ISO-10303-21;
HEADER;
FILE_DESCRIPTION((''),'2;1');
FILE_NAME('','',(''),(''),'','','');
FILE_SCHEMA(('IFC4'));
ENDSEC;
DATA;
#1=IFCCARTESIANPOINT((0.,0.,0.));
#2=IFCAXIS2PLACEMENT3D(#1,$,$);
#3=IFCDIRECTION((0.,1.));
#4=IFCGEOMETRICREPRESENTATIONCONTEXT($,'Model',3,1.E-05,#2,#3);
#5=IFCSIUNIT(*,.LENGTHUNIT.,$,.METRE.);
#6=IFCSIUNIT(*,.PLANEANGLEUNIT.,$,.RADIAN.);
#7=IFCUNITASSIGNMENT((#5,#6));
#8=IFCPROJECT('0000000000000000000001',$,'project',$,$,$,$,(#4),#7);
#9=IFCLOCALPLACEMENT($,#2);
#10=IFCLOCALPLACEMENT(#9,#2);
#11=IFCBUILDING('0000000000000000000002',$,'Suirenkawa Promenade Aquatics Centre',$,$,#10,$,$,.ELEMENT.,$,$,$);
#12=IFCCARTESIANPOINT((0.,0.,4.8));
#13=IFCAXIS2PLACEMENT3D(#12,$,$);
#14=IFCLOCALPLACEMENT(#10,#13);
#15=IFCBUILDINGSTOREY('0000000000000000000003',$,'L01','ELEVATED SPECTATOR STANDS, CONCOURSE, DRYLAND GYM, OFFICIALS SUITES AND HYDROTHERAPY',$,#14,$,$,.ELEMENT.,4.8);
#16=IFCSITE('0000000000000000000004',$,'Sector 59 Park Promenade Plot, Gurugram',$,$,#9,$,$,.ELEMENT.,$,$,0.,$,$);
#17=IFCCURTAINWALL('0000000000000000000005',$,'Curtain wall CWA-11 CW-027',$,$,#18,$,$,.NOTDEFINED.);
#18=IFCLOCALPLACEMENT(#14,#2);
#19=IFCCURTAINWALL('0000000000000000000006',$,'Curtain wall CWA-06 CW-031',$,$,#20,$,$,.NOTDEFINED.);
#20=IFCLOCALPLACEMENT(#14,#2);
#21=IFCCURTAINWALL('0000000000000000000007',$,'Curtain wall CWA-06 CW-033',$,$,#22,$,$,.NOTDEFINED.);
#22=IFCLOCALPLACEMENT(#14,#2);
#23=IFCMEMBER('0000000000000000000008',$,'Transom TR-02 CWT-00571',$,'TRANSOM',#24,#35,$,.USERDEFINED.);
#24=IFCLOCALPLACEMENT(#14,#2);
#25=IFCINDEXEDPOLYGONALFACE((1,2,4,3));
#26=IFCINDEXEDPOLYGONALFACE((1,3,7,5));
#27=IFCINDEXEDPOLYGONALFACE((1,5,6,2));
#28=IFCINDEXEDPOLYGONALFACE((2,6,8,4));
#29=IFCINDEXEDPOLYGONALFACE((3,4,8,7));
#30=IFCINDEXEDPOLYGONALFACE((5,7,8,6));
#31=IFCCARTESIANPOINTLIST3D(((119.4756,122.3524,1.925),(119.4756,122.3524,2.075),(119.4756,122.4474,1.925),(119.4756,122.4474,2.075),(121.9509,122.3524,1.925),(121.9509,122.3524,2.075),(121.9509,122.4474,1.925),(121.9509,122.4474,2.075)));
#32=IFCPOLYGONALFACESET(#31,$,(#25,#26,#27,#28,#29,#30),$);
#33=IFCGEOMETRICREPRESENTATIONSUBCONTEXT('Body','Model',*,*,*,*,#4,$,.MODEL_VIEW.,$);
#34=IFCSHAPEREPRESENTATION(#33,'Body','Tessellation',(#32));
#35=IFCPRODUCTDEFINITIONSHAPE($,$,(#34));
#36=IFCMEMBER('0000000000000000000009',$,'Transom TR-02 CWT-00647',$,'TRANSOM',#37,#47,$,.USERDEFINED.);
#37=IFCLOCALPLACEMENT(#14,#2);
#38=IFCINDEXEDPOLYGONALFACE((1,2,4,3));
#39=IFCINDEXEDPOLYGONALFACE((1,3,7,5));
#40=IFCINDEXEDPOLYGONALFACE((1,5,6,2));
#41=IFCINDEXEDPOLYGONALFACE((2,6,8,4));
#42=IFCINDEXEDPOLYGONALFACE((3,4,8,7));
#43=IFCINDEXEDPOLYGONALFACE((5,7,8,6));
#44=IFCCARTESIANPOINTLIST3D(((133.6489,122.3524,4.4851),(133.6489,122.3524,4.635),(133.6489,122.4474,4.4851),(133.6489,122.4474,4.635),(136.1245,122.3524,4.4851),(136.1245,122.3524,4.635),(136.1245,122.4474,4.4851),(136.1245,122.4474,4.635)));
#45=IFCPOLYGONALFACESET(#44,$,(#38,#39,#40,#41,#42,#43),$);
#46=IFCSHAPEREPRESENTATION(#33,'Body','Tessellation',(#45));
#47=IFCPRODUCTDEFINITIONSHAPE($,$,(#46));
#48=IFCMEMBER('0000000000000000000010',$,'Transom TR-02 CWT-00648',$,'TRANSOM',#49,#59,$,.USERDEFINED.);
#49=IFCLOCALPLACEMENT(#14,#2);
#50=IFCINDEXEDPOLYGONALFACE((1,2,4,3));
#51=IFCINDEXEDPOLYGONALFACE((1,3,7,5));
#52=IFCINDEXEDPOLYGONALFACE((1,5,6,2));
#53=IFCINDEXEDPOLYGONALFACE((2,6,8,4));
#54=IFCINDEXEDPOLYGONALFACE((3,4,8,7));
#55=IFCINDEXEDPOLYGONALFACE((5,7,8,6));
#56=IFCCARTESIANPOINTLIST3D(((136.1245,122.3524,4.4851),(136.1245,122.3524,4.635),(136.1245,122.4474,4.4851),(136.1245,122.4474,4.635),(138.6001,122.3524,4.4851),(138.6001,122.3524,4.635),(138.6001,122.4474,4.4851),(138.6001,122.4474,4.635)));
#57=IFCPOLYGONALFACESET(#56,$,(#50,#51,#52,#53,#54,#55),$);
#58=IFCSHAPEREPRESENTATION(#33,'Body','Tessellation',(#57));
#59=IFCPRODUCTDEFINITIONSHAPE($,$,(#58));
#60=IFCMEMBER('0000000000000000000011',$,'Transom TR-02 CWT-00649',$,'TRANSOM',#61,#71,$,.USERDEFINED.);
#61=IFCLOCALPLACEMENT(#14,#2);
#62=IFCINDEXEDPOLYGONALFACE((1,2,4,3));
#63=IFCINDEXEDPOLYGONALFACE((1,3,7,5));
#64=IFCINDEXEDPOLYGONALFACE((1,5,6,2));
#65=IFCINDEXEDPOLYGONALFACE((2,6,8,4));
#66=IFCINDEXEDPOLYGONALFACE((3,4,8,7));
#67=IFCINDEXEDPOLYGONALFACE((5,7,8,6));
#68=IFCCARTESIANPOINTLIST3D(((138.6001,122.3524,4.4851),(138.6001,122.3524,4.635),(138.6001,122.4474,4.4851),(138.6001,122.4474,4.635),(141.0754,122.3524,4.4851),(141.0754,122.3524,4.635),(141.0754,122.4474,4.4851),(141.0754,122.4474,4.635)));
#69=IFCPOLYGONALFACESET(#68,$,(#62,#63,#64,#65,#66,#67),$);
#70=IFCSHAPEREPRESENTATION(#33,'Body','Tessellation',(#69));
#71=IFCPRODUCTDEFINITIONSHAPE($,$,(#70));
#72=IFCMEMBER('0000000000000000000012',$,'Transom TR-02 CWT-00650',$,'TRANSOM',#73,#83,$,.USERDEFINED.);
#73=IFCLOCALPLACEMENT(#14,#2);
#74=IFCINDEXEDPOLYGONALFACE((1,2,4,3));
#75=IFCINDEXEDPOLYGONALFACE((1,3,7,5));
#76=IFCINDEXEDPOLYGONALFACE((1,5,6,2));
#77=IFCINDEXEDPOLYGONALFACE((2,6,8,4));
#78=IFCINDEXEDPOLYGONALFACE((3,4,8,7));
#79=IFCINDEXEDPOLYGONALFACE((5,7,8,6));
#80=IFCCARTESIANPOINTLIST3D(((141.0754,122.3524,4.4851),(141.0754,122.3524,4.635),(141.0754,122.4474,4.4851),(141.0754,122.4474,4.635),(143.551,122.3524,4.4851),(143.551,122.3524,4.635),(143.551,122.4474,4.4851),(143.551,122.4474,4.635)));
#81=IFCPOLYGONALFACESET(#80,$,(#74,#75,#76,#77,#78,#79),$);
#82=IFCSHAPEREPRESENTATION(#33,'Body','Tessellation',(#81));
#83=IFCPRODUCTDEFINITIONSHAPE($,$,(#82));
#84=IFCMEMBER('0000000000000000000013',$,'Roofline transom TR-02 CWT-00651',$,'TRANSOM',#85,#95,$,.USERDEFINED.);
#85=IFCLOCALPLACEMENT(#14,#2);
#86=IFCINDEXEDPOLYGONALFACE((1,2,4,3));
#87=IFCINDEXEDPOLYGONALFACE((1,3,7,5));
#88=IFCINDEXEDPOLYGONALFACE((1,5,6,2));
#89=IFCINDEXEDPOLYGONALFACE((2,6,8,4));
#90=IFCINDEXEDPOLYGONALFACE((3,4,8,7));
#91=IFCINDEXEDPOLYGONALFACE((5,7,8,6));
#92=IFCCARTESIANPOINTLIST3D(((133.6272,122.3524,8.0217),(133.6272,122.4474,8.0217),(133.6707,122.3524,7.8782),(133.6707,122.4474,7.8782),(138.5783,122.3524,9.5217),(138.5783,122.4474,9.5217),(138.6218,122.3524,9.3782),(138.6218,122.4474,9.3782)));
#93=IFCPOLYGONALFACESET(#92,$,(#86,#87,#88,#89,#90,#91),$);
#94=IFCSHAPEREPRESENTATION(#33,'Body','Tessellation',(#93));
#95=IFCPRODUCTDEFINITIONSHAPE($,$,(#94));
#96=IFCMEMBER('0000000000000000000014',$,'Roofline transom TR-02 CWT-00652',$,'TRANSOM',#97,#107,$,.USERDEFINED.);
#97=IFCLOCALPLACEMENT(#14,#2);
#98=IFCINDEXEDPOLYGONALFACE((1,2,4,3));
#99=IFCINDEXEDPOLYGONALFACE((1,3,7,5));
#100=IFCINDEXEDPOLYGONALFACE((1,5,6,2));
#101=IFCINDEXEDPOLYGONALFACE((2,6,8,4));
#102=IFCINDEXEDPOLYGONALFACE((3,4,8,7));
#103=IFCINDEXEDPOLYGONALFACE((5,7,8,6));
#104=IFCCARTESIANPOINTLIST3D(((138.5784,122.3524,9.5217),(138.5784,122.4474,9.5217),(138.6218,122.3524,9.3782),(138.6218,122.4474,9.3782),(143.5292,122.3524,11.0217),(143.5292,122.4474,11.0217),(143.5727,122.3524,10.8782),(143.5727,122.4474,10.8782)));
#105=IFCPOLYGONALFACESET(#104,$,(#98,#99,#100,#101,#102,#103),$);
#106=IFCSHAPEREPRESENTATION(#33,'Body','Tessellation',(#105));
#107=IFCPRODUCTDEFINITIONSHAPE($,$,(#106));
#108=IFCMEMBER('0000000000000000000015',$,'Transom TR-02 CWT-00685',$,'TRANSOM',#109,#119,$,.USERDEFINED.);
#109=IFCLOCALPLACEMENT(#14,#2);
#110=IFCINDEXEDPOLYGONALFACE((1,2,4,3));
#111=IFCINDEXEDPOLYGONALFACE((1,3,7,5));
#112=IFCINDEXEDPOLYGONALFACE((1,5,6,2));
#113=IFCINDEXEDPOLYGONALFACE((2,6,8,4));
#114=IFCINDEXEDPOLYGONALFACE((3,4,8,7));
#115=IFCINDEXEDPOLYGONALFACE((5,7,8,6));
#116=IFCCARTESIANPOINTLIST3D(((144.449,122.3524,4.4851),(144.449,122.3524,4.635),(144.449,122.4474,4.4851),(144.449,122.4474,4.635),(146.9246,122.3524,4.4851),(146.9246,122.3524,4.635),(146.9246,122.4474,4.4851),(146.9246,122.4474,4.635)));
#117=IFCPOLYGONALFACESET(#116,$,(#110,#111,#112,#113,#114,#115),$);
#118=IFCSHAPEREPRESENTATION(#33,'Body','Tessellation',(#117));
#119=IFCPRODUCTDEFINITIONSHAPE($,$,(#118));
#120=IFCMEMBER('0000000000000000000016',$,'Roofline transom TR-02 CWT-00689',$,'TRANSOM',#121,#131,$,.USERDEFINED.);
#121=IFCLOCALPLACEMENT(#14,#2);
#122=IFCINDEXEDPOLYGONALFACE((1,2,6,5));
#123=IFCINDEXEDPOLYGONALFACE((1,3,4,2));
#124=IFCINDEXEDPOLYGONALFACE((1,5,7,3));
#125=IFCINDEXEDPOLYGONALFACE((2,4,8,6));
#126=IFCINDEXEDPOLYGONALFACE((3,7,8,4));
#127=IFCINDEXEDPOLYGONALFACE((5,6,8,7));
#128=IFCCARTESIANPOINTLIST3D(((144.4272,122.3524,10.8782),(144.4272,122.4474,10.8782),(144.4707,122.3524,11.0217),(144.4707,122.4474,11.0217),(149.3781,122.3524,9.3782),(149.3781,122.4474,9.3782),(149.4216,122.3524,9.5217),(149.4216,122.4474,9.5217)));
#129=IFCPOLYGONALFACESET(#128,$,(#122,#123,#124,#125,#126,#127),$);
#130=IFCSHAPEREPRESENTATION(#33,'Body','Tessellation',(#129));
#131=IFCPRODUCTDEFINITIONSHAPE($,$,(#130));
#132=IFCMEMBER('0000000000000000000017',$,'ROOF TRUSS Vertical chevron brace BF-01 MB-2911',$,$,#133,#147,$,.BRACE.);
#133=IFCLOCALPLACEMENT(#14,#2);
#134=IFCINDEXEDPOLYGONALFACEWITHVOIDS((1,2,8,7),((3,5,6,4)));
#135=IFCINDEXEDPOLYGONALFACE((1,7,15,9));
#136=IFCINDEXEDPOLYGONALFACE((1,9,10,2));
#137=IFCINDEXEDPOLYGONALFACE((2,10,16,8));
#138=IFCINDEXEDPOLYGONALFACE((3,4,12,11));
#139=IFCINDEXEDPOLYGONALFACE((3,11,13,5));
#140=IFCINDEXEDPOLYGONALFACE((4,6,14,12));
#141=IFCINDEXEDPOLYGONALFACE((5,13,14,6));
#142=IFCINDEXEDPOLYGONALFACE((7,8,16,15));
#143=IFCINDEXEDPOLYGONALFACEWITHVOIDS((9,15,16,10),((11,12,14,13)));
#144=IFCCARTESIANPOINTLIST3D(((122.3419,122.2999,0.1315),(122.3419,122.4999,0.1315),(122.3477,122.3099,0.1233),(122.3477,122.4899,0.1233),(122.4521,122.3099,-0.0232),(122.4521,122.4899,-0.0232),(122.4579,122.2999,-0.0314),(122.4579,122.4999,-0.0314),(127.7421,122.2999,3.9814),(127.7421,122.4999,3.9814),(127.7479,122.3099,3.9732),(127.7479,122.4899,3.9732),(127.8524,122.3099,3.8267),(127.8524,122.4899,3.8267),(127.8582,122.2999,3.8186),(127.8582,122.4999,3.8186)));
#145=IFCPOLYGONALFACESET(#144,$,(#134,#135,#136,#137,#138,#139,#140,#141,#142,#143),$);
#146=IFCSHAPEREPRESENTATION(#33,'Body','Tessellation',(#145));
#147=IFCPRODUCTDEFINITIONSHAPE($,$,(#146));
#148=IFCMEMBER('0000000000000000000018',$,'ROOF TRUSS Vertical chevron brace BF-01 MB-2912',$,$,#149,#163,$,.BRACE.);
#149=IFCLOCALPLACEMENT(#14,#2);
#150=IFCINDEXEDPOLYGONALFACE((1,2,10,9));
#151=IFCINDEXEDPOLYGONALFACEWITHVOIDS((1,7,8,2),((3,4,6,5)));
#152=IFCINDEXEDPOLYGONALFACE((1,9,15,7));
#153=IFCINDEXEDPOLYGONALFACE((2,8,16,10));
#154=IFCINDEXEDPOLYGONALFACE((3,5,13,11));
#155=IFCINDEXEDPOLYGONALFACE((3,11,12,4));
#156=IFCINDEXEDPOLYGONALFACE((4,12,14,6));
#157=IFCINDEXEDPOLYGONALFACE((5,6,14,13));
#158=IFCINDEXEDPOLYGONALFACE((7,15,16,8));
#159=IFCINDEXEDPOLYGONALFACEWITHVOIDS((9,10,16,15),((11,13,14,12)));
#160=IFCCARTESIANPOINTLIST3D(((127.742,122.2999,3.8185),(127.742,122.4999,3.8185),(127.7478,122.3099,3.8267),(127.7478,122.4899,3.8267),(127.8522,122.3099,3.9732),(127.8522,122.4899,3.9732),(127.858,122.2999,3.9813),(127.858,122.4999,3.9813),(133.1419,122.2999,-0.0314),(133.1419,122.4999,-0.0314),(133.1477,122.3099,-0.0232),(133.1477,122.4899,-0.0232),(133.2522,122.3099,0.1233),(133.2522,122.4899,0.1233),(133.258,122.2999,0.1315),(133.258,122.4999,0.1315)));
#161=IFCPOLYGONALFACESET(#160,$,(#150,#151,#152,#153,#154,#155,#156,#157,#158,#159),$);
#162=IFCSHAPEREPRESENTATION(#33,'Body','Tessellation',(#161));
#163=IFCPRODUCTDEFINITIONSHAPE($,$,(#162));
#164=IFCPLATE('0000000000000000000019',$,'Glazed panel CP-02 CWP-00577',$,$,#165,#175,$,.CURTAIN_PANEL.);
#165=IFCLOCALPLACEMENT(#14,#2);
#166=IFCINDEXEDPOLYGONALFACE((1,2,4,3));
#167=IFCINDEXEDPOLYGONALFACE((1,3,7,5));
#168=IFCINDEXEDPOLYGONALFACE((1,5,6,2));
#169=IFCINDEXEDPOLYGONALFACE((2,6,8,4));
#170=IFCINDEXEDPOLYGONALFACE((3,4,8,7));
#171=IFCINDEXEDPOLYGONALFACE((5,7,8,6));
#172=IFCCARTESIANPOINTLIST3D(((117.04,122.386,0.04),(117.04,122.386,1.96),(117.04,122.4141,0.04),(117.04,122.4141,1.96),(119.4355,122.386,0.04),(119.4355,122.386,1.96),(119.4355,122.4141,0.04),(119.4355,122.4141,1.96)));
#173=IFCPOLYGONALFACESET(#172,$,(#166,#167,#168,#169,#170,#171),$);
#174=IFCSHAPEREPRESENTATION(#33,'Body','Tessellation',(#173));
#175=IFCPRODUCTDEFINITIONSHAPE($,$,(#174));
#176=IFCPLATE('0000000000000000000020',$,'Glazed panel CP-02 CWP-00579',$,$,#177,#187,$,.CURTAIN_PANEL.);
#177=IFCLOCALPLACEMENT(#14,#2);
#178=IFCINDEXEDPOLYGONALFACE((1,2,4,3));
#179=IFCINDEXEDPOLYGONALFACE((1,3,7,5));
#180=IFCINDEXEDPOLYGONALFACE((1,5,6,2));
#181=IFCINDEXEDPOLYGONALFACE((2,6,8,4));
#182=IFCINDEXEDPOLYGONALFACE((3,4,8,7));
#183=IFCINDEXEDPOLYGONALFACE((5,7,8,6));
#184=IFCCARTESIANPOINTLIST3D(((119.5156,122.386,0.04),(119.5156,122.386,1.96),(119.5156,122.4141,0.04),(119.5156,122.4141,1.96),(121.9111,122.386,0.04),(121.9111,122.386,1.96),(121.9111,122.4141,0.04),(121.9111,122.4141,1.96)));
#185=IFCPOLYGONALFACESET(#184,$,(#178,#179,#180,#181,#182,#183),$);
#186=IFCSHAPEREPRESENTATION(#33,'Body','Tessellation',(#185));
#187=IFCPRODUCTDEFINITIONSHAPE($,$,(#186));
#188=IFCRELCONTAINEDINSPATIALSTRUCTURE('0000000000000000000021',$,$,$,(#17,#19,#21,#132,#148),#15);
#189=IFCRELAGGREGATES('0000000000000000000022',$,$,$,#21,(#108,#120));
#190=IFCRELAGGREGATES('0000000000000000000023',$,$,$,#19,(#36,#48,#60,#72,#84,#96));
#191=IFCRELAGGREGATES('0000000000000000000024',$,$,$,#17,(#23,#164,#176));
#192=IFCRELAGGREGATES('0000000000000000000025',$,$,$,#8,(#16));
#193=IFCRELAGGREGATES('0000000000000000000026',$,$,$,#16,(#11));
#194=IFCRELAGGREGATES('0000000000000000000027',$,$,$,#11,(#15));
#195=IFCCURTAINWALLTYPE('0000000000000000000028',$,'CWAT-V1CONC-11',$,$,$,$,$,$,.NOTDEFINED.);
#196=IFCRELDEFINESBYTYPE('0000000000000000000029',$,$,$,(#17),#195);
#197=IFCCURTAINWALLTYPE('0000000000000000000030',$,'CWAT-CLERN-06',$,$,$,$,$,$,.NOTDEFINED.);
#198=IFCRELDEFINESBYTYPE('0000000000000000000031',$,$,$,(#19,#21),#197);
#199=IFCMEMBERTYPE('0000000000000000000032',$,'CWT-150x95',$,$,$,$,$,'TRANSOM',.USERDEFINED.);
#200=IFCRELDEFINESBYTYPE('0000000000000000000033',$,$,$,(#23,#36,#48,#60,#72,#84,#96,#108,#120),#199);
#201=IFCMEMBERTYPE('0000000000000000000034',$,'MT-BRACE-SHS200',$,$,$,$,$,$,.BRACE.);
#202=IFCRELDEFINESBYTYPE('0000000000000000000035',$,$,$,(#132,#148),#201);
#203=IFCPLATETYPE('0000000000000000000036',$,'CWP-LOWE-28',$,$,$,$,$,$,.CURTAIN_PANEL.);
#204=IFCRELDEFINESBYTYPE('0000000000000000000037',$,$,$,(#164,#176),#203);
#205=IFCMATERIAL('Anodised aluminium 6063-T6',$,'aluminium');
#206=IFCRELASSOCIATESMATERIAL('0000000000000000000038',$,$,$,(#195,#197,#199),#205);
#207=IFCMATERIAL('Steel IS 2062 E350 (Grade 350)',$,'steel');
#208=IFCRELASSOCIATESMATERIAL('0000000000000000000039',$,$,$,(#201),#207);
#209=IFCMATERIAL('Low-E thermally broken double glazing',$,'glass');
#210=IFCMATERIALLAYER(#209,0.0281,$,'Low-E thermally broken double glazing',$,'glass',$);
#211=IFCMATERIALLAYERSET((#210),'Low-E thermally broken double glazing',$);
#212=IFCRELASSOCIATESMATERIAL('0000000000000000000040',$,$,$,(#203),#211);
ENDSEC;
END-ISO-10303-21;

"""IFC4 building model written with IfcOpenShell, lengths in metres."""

from ifc_helpers import new_model, si_unit, direction, frame, origin, origin_2d, place, context, subcontext, project, spatial, polyline, rectangle, hollow_rectangle, outline, extrude, material, layer, layer_set, material_profile, profile_set, type_object, element, aggregate, save


model = new_model("IFC4")

# Units and contexts
model_context = context("Model", 3, precision=1e-05, world=origin(), true_north=direction((0.0, 1.0)))
body_context = subcontext(model_context, "Body", "Model", "MODEL_VIEW")
ifc_project = project(units=[si_unit("LENGTHUNIT", "METRE"), si_unit("PLANEANGLEUNIT", "RADIAN")], contexts=[model_context])

# Site, building, storey
site_placement = place(None, origin())
site = spatial("IfcSite", under=ifc_project, at=site_placement, Name="Sector 59 Park Promenade Plot, Gurugram", CompositionType="ELEMENT", RefElevation=0.0)
building_placement = place(site_placement, origin())
building = spatial("IfcBuilding", under=site, at=building_placement, Name="Suirenkawa Promenade Aquatics Centre", CompositionType="ELEMENT")
storey_placement = place(building_placement, frame((0.0, 0.0, 4.8)))
storey = spatial("IfcBuildingStorey", under=building, at=storey_placement, Name="L01", Description="ELEVATED SPECTATOR STANDS, CONCOURSE, DRYLAND GYM, OFFICIALS SUITES AND HYDROTHERAPY", CompositionType="ELEMENT", Elevation=4.8)

# Curtain walls
ifc_material_1 = material(Name="Anodised aluminium 6063-T6", Category="aluminium")
curtain_wall_type_1 = type_object("IfcCurtainWallType", Name="CWAT-V1CONC-11", PredefinedType="NOTDEFINED", material=ifc_material_1)
curtain_wall_1_placement = place(storey_placement, origin())
curtain_wall_1 = element("IfcCurtainWall", 1, at=curtain_wall_1_placement, inside=storey, type_object=curtain_wall_type_1, Name="Curtain wall CWA-11 CW-027", PredefinedType="NOTDEFINED")
curtain_wall_type_2 = type_object("IfcCurtainWallType", Name="CWAT-CLERN-06", PredefinedType="NOTDEFINED", material=ifc_material_1)
curtain_wall_2_placement = place(storey_placement, origin())
curtain_wall_2 = element("IfcCurtainWall", 2, at=curtain_wall_2_placement, inside=storey, type_object=curtain_wall_type_2, Name="Curtain wall CWA-06 CW-031", PredefinedType="NOTDEFINED")

# Curtain wall
curtain_wall_3_placement = place(storey_placement, origin())
curtain_wall_3 = element("IfcCurtainWall", 3, at=curtain_wall_3_placement, inside=storey, type_object=curtain_wall_type_2, Name="Curtain wall CWA-06 CW-033", PredefinedType="NOTDEFINED")

# Members
ifc_material_profile_1 = material_profile(ifc_material_1, rectangle(XDim=0.095, YDim=0.1499, at=origin_2d()), Name="ALU TRAN 95x150", Category="aluminium")
ifc_profile_set_1 = profile_set([ifc_material_profile_1], Name="Anodised aluminium 6063-T6")
member_type_1 = type_object("IfcMemberType", Name="CWT-150x95", ElementType="TRANSOM", PredefinedType="USERDEFINED", material=ifc_profile_set_1)
member_1_placement = place(storey_placement, frame((119.4756, 122.3999, 2.0), z_axis=(1.0, 0.0, 0.0), x_axis=(0.0, 1.0, 0.0)))
member_1 = element("IfcMember", 4, at=member_1_placement, type_object=member_type_1, Name="Transom TR-02 CWT-00571", ObjectType="TRANSOM", PredefinedType="USERDEFINED", context=body_context, shape_type="SweptSolid", body=[
    extrude(rectangle(XDim=0.095, YDim=0.1499, at=origin_2d()), origin(), (0.0, 0.0, 1.0), 2.4753),
])
member_2_placement = place(storey_placement, frame((133.6489, 122.3999, 4.5601), z_axis=(1.0, 0.0, 0.0), x_axis=(0.0, 1.0, 0.0)))
member_2 = element("IfcMember", 5, at=member_2_placement, type_object=member_type_1, Name="Transom TR-02 CWT-00647", ObjectType="TRANSOM", PredefinedType="USERDEFINED", context=body_context, shape_type="SweptSolid", body=[
    extrude(rectangle(XDim=0.095, YDim=0.1499, at=origin_2d()), origin(), (0.0, 0.0, 1.0), 2.4756),
])
member_3_placement = place(storey_placement, frame((136.1245, 122.3999, 4.5601), z_axis=(1.0, 0.0, 0.0), x_axis=(0.0, 1.0, 0.0)))
member_3 = element("IfcMember", 6, at=member_3_placement, type_object=member_type_1, Name="Transom TR-02 CWT-00648", ObjectType="TRANSOM", PredefinedType="USERDEFINED", context=body_context, shape_type="SweptSolid", body=[
    extrude(rectangle(XDim=0.095, YDim=0.1499, at=origin_2d()), origin(), (0.0, 0.0, 1.0), 2.4756),
])
member_4_placement = place(storey_placement, frame((138.6001, 122.3999, 4.5601), z_axis=(1.0, 0.0, 0.0), x_axis=(0.0, 1.0, 0.0)))
member_4 = element("IfcMember", 7, at=member_4_placement, type_object=member_type_1, Name="Transom TR-02 CWT-00649", ObjectType="TRANSOM", PredefinedType="USERDEFINED", context=body_context, shape_type="SweptSolid", body=[
    extrude(rectangle(XDim=0.095, YDim=0.1499, at=origin_2d()), origin(), (0.0, 0.0, 1.0), 2.4753),
])
member_5_placement = place(storey_placement, frame((141.0754, 122.3999, 4.5601), z_axis=(1.0, 0.0, 0.0), x_axis=(0.0, 1.0, 0.0)))
member_5 = element("IfcMember", 8, at=member_5_placement, type_object=member_type_1, Name="Transom TR-02 CWT-00650", ObjectType="TRANSOM", PredefinedType="USERDEFINED", context=body_context, shape_type="SweptSolid", body=[
    extrude(rectangle(XDim=0.095, YDim=0.1499, at=origin_2d()), origin(), (0.0, 0.0, 1.0), 2.4756),
])
member_6_placement = place(storey_placement, frame((133.6489, 122.3999, 7.95), z_axis=(0.957043, 0.0, 0.289945), x_axis=(0.0, 1.0, 0.0)))
member_6 = element("IfcMember", 9, at=member_6_placement, type_object=member_type_1, Name="Roofline transom TR-02 CWT-00651", ObjectType="TRANSOM", PredefinedType="USERDEFINED", context=body_context, shape_type="SweptSolid", body=[
    extrude(rectangle(XDim=0.095, YDim=0.1499, at=origin_2d()), origin(), (0.0, 0.0, 1.0), 5.1733),
])
member_7_placement = place(storey_placement, frame((138.6001, 122.3999, 9.45), z_axis=(0.957039, 0.0, 0.289958), x_axis=(0.0, 1.0, 0.0)))
member_7 = element("IfcMember", 10, at=member_7_placement, type_object=member_type_1, Name="Roofline transom TR-02 CWT-00652", ObjectType="TRANSOM", PredefinedType="USERDEFINED", context=body_context, shape_type="SweptSolid", body=[
    extrude(rectangle(XDim=0.095, YDim=0.1499, at=origin_2d()), origin(), (0.0, 0.0, 1.0), 5.1731),
])
member_8_placement = place(storey_placement, frame((144.449, 122.3999, 4.5601), z_axis=(1.0, 0.0, 0.0), x_axis=(0.0, 1.0, 0.0)))
member_8 = element("IfcMember", 11, at=member_8_placement, type_object=member_type_1, Name="Transom TR-02 CWT-00685", ObjectType="TRANSOM", PredefinedType="USERDEFINED", context=body_context, shape_type="SweptSolid", body=[
    extrude(rectangle(XDim=0.095, YDim=0.1499, at=origin_2d()), origin(), (0.0, 0.0, 1.0), 2.4756),
])
member_9_placement = place(storey_placement, frame((144.449, 122.3999, 10.95), z_axis=(0.957039, 0.0, -0.289958), x_axis=(0.0, 1.0, 0.0)))
member_9 = element("IfcMember", 12, at=member_9_placement, type_object=member_type_1, Name="Roofline transom TR-02 CWT-00689", ObjectType="TRANSOM", PredefinedType="USERDEFINED", context=body_context, shape_type="SweptSolid", body=[
    extrude(rectangle(XDim=0.095, YDim=0.1499, at=origin_2d()), origin(), (0.0, 0.0, 1.0), 5.1731),
])
aggregate(curtain_wall_3, [member_8, member_9])

# Members
ifc_material_2 = material(Name="Steel IS 2062 E350 (Grade 350)", Category="steel")
ifc_material_profile_2 = material_profile(ifc_material_2, hollow_rectangle(XDim=0.2, YDim=0.2, WallThickness=0.01, at=origin_2d()), Name="SHS 200x200x10", Category="steel")
ifc_profile_set_2 = profile_set([ifc_material_profile_2], Name="Steel IS 2062 E350 (Grade 350)")
member_type_2 = type_object("IfcMemberType", Name="MT-BRACE-SHS200", PredefinedType="BRACE", material=ifc_profile_set_2)
member_10_placement = place(storey_placement, frame((122.3999, 122.3999, 0.05), z_axis=(0.81426, 0.0, 0.5805), x_axis=(0.0, 1.0, 0.0)))
element("IfcMember", 13, at=member_10_placement, inside=storey, type_object=member_type_2, Name="ROOF TRUSS Vertical chevron brace BF-01 MB-2911", PredefinedType="BRACE", context=body_context, shape_type="SweptSolid", body=[
    extrude(hollow_rectangle(XDim=0.2, YDim=0.2, WallThickness=0.01, at=origin_2d()), origin(), (0.0, 0.0, 1.0), 6.6321),
])
member_11_placement = place(storey_placement, frame((133.2, 122.3999, 0.05), z_axis=(-0.814248, 0.0, 0.580517), x_axis=(0.0, -1.0, 0.0)))
element("IfcMember", 14, at=member_11_placement, inside=storey, type_object=member_type_2, Name="ROOF TRUSS Vertical chevron brace BF-01 MB-2912", PredefinedType="BRACE", context=body_context, shape_type="SweptSolid", body=[
    extrude(hollow_rectangle(XDim=0.2, YDim=0.2, WallThickness=0.01, at=origin_2d()), origin(), (0.0, 0.0, 1.0), 6.6318),
])

# Plates
aggregate(curtain_wall_2, [member_2, member_3, member_4, member_5, member_6, member_7])
ifc_material_3 = material(Name="Low-E thermally broken double glazing", Category="glass")
ifc_layer_1 = layer(ifc_material_3, 0.0281, Name="Low-E thermally broken double glazing", Category="glass")
ifc_layer_set_1 = layer_set([ifc_layer_1], Name="Low-E thermally broken double glazing")
plate_type_1 = type_object("IfcPlateType", Name="CWP-LOWE-28", PredefinedType="CURTAIN_PANEL", material=ifc_layer_set_1)
plate_1_placement = place(storey_placement, frame((117.0, 122.3999, 0.04), z_axis=(0.0, 0.0, 1.0), x_axis=(1.0, 0.0, 0.0)))
plate_1 = element("IfcPlate", 15, at=plate_1_placement, type_object=plate_type_1, Name="Glazed panel CP-02 CWP-00577", PredefinedType="CURTAIN_PANEL", context=body_context, shape_type="SweptSolid", body=[
    extrude(outline(polyline([(0.04, 0.0), (2.4355, 0.0), (2.4355, 1.9199), (0.04, 1.9199), (0.04, 0.0)])), frame((0.0, 0.0142, 0.0), z_axis=(0.0, -1.0, 0.0), x_axis=(1.0, 0.0, 0.0)), (0.0, 0.0, 1.0), 0.0281),
])
plate_2_placement = place(storey_placement, frame((119.4756, 122.3999, 0.04), z_axis=(0.0, 0.0, 1.0), x_axis=(1.0, 0.0, 0.0)))
plate_2 = element("IfcPlate", 16, at=plate_2_placement, type_object=plate_type_1, Name="Glazed panel CP-02 CWP-00579", PredefinedType="CURTAIN_PANEL", context=body_context, shape_type="SweptSolid", body=[
    extrude(outline(polyline([(0.04, 0.0), (2.4355, 0.0), (2.4355, 1.9199), (0.04, 1.9199), (0.04, 0.0)])), frame((0.0, 0.0142, 0.0), z_axis=(0.0, -1.0, 0.0), x_axis=(1.0, 0.0, 0.0)), (0.0, 0.0, 1.0), 0.0281),
])
aggregate(curtain_wall_1, [member_1, plate_1, plate_2])

save(model, "model.ifc")
